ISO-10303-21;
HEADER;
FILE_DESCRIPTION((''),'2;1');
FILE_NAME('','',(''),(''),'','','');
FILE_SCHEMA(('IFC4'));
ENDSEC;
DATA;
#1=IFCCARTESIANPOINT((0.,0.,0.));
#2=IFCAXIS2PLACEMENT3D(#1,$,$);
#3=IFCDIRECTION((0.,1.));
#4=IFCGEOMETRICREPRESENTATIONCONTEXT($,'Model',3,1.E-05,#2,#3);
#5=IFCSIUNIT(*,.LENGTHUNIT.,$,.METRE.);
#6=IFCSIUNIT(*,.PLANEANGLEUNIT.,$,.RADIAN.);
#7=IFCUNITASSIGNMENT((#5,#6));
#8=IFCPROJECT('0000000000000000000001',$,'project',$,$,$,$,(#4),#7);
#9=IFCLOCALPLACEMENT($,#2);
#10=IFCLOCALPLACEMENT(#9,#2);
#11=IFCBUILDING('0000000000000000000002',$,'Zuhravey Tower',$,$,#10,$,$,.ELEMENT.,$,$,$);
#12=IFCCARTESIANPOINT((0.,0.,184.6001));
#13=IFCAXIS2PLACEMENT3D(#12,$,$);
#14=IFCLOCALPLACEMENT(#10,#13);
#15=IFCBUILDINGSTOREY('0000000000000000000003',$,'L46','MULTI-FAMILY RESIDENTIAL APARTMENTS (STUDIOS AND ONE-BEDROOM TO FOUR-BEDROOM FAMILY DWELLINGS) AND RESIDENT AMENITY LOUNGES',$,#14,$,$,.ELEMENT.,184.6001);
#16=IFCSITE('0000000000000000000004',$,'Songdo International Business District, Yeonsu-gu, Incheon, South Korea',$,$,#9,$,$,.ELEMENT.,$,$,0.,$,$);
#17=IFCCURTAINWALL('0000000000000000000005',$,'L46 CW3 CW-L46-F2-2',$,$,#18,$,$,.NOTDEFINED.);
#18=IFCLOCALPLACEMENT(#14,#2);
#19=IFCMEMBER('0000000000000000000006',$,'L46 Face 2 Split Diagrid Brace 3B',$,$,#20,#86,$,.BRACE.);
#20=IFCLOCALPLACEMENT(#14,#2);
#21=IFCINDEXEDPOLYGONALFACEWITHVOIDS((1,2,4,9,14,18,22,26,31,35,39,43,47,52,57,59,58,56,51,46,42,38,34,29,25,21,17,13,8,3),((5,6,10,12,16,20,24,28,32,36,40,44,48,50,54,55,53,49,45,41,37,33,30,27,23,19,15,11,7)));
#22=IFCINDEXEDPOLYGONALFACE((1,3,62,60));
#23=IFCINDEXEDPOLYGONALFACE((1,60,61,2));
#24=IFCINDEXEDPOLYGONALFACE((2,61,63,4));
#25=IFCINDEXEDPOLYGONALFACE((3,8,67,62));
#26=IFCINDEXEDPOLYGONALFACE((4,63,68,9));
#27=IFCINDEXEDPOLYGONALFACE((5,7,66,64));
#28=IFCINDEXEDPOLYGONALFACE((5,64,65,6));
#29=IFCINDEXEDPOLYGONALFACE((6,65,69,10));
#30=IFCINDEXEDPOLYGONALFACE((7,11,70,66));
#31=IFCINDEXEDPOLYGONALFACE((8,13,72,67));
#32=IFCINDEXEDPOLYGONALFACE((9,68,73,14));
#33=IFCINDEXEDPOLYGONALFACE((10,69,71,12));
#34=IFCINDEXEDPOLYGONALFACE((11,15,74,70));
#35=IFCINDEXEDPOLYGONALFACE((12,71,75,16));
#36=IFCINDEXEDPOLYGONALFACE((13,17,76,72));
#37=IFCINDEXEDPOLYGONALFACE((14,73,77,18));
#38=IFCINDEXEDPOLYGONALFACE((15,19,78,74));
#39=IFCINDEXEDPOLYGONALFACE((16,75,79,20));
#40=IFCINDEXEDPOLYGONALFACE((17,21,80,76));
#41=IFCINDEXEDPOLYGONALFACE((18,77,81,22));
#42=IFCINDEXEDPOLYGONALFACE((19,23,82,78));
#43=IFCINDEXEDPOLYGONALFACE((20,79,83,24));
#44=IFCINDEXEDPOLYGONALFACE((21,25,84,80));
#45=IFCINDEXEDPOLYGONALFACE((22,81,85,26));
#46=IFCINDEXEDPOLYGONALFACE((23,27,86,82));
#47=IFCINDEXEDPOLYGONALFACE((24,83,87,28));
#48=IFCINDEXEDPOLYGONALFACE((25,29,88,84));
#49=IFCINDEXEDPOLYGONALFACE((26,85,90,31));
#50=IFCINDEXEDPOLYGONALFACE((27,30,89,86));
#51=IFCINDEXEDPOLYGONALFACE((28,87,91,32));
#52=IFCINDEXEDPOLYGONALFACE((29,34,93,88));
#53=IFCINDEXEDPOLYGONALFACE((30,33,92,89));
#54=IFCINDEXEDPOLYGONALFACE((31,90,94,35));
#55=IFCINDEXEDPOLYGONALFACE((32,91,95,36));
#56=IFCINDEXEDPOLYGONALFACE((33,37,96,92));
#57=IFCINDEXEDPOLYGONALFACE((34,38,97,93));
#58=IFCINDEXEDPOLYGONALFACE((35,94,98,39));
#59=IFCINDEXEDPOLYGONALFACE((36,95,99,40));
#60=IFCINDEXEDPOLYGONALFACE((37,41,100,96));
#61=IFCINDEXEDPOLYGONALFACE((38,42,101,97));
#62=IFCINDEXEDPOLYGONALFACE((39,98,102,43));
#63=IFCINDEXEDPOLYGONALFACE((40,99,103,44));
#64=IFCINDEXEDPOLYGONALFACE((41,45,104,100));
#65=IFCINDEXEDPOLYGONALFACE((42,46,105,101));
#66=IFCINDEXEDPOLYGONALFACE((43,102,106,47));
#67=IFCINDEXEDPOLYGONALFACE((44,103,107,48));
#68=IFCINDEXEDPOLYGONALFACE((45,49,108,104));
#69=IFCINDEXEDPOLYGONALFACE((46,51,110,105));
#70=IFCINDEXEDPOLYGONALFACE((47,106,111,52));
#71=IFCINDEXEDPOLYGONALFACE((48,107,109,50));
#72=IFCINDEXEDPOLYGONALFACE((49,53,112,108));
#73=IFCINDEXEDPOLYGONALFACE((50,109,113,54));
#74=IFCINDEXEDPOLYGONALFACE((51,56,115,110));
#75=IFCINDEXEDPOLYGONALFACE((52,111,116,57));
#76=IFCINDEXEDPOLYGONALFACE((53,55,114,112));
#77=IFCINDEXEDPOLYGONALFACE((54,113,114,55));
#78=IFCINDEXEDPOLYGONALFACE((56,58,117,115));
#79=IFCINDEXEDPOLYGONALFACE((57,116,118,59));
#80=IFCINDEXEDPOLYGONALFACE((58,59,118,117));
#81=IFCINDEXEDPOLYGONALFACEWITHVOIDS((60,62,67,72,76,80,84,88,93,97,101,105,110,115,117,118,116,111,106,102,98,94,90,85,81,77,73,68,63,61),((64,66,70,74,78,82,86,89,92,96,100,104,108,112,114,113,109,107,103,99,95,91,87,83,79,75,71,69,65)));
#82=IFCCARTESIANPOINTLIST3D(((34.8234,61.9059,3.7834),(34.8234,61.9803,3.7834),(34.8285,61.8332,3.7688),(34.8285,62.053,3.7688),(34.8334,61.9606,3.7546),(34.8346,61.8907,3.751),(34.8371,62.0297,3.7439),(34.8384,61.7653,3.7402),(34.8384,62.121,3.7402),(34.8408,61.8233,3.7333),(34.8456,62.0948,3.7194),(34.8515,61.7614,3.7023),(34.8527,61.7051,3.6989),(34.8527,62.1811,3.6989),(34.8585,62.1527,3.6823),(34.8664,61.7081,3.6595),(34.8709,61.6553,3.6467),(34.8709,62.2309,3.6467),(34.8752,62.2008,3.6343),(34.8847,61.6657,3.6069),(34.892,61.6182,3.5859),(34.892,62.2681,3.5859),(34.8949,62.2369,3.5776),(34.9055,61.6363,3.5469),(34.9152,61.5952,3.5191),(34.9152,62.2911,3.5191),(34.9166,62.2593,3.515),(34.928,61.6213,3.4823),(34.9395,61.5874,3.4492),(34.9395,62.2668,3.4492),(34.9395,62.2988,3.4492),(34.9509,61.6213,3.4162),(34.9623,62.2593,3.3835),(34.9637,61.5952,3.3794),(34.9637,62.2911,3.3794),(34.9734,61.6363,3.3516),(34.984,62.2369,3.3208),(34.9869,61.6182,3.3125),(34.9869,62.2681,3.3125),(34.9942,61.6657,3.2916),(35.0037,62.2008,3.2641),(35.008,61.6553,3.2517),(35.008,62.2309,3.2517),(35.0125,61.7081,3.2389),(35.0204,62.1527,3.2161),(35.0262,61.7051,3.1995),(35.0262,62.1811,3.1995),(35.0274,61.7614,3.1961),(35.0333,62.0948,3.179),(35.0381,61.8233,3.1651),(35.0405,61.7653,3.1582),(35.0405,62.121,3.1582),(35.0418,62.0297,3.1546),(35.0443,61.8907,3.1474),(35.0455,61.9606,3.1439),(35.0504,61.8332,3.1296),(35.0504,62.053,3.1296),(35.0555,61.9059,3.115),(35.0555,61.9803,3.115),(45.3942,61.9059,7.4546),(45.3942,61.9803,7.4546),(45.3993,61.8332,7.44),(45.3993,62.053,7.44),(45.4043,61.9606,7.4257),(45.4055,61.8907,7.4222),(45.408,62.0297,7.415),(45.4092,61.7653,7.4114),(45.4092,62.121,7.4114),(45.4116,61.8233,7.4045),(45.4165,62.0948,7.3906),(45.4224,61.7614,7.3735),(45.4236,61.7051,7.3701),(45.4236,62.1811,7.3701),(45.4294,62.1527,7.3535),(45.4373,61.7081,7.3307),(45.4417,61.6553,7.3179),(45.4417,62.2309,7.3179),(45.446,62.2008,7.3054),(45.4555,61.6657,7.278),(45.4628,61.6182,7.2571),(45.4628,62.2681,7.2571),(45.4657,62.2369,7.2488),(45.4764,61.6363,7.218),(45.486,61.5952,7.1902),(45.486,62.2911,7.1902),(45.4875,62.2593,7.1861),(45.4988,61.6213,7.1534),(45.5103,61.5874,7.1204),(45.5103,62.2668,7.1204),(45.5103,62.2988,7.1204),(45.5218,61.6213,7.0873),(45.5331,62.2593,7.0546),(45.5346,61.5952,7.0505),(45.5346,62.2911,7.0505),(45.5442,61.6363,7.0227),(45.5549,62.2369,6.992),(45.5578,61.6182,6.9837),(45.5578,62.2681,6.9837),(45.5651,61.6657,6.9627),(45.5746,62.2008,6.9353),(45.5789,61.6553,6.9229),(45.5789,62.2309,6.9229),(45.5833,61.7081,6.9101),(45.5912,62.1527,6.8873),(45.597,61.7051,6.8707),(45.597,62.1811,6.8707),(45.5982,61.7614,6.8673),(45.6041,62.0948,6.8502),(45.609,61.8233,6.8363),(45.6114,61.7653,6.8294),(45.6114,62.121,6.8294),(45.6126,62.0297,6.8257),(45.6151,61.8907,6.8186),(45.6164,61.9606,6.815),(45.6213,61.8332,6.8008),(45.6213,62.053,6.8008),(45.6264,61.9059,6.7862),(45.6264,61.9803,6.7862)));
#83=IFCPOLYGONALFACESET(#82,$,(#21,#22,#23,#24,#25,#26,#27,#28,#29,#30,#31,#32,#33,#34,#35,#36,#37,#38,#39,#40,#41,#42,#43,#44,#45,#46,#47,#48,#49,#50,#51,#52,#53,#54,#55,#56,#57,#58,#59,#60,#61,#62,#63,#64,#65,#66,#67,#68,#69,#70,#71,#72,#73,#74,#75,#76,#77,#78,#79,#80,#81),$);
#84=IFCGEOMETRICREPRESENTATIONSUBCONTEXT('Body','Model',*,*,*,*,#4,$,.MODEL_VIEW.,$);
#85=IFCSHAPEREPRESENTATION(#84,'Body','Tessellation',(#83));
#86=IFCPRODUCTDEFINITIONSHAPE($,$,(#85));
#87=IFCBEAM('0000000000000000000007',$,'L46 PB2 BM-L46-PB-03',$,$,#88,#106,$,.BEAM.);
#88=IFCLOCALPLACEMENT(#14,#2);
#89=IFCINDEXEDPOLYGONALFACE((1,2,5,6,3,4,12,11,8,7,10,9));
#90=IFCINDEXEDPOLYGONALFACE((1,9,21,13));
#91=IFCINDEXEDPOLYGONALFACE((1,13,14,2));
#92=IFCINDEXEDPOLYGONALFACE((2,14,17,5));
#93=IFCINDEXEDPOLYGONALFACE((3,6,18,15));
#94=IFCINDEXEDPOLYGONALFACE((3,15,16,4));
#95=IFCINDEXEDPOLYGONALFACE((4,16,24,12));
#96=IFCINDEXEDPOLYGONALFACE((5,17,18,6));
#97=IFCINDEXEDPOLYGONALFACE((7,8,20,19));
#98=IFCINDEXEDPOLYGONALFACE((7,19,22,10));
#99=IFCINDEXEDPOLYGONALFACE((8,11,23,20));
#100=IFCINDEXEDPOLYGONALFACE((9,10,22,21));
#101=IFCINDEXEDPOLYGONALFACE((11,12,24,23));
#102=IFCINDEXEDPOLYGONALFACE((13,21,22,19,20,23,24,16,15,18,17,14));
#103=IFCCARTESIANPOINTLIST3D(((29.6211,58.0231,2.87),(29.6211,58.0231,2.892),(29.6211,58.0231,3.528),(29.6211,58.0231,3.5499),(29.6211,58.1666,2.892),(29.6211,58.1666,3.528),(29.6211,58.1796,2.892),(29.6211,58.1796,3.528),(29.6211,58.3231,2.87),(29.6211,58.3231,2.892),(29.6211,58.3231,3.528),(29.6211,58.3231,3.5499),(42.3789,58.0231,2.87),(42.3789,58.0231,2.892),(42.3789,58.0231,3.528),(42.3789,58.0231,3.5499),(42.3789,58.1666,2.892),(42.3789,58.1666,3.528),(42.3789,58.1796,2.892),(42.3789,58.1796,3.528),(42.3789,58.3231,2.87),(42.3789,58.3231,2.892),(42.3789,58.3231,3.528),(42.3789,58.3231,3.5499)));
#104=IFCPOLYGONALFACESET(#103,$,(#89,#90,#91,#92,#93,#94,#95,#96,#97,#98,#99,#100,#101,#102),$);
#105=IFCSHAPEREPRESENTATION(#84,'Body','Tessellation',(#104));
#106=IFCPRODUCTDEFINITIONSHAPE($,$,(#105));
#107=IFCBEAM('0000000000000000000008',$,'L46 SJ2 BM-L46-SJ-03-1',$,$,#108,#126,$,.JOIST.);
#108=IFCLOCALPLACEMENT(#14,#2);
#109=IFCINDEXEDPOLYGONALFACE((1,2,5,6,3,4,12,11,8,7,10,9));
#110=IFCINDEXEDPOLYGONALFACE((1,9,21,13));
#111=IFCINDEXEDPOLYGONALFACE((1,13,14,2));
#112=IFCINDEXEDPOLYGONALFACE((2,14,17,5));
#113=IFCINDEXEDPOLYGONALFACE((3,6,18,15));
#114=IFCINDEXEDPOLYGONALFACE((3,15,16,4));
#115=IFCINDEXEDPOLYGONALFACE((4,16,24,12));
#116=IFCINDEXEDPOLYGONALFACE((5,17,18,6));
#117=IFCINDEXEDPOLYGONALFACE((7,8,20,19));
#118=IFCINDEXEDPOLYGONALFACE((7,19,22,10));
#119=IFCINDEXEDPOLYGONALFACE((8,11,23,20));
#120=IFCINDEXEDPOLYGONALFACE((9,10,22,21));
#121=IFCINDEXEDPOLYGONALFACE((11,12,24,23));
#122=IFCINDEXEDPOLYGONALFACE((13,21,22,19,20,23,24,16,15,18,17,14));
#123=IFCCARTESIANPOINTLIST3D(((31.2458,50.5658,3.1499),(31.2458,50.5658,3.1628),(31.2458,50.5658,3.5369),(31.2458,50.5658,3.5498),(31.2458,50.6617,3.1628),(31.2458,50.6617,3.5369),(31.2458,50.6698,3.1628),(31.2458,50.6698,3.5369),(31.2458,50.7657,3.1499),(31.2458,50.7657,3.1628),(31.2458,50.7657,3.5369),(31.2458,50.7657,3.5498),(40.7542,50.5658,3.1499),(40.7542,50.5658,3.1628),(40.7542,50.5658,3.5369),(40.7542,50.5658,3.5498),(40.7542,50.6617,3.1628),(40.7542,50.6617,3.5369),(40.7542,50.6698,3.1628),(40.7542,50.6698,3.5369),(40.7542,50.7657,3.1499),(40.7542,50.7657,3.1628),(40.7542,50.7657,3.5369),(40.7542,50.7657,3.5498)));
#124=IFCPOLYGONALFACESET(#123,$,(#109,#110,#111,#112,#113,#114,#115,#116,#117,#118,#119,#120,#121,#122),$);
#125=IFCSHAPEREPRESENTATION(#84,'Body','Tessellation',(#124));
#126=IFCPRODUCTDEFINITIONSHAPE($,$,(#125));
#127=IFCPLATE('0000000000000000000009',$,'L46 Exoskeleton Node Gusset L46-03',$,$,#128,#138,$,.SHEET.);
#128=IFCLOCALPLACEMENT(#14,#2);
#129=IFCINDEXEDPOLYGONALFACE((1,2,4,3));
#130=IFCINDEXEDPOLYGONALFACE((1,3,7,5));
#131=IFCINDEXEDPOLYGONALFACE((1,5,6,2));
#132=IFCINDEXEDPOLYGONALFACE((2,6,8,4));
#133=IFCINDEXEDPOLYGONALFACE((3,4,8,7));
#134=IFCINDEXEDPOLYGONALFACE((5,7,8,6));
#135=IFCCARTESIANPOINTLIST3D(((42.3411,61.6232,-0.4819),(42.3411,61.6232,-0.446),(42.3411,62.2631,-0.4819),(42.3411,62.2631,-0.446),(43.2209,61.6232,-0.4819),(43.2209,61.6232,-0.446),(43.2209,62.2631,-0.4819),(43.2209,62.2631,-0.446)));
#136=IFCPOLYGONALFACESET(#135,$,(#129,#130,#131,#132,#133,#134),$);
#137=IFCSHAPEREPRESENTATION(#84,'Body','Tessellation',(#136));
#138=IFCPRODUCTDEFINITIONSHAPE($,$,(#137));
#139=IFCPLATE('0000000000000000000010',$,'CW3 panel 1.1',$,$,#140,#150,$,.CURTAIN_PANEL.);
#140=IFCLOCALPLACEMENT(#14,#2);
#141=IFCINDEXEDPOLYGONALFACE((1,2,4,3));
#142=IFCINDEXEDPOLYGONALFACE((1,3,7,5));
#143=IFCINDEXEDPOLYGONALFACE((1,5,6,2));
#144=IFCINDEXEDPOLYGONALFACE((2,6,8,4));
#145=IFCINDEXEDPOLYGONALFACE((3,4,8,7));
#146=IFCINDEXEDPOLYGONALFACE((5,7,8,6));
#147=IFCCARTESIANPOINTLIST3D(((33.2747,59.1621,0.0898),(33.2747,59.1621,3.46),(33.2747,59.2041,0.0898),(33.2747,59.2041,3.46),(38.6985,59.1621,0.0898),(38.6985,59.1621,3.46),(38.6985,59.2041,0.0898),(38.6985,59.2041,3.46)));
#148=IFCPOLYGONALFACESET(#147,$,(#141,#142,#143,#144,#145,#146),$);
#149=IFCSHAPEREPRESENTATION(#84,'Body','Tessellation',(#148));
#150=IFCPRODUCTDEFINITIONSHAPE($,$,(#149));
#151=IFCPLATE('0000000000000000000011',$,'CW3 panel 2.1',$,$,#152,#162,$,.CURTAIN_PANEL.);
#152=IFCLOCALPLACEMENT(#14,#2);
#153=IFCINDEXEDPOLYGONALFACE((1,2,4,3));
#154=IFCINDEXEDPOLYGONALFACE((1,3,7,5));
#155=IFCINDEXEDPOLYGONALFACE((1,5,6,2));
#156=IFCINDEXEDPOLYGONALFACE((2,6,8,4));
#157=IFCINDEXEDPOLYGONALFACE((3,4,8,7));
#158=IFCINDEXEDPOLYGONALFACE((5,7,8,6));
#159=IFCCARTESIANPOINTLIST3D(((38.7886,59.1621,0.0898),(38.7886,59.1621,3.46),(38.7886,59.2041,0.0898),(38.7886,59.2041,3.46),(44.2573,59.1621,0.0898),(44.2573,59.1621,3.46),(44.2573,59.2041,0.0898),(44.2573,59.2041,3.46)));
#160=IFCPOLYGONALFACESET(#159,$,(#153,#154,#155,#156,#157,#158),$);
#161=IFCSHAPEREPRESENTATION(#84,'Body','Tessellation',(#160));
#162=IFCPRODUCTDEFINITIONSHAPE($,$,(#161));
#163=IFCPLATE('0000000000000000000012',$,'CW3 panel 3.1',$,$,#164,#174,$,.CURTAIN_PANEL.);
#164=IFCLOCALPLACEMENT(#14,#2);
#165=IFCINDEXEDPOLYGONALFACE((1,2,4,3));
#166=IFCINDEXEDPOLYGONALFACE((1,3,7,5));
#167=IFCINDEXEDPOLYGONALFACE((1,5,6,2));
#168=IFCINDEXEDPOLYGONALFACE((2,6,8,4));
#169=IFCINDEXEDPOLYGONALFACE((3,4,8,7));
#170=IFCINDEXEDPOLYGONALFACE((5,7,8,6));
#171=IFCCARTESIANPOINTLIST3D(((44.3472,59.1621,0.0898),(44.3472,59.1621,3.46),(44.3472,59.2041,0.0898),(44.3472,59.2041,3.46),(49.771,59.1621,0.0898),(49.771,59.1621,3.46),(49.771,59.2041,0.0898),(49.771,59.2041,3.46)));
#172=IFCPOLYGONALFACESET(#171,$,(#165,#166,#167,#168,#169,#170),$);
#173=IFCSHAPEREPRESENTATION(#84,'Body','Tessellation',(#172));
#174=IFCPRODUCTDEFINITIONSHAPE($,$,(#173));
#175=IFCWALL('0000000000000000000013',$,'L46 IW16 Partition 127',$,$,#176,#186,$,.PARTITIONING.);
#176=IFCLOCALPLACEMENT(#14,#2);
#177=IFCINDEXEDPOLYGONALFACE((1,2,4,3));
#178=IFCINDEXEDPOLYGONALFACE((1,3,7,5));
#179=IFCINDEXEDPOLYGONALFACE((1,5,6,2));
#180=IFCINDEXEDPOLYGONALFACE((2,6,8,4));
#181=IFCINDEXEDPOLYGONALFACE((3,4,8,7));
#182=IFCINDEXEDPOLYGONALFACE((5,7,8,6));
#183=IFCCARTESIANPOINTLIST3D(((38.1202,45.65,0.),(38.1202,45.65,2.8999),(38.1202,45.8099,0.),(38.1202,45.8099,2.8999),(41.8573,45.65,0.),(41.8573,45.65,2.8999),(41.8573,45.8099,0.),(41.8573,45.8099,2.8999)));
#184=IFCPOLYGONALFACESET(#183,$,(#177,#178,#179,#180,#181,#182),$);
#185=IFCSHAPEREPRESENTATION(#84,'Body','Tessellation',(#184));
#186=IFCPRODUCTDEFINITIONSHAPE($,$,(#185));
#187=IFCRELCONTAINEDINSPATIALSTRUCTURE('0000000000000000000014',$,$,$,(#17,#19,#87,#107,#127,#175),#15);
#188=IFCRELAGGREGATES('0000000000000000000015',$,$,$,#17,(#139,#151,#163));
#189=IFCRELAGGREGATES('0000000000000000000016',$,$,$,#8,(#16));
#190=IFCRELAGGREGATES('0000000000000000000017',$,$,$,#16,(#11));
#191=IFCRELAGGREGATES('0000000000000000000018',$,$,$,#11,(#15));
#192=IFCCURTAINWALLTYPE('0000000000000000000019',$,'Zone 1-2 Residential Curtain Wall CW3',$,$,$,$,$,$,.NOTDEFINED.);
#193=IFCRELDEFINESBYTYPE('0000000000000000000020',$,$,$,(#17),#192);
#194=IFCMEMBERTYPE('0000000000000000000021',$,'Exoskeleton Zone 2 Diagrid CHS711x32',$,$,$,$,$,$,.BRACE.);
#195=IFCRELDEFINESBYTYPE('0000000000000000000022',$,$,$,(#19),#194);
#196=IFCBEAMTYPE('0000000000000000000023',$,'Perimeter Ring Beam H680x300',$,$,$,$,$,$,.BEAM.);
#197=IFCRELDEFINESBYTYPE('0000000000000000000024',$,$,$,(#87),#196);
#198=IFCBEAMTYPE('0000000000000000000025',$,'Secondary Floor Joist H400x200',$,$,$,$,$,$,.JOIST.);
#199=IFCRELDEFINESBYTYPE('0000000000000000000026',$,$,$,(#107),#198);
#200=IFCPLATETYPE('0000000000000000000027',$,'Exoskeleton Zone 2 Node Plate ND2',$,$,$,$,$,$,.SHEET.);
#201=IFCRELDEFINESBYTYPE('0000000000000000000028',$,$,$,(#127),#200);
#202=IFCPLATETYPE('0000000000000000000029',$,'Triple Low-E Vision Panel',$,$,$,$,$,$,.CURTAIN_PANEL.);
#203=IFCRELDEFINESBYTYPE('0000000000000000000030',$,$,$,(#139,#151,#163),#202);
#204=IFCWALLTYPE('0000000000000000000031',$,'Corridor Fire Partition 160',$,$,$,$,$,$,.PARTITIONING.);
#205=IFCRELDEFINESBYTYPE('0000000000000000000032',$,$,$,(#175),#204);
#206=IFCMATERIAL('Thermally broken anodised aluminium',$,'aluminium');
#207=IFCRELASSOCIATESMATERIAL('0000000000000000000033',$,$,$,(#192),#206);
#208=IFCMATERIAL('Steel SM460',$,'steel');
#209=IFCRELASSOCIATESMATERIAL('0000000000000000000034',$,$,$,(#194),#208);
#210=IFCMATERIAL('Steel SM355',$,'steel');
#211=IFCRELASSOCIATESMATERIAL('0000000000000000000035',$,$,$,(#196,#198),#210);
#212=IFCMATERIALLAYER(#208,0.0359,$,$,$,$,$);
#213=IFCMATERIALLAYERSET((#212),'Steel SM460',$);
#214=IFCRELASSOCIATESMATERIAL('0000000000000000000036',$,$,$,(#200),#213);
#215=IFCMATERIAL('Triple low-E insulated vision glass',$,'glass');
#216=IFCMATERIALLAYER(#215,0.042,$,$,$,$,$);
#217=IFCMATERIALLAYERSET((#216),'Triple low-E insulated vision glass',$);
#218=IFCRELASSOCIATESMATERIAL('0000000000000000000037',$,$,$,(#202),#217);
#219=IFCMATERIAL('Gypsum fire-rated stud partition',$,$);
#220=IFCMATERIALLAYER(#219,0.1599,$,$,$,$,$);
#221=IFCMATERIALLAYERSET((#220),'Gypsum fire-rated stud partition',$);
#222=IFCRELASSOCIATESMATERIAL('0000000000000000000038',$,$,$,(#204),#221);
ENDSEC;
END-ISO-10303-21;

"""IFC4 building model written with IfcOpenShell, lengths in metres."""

from ifc_helpers import new_model, si_unit, direction, frame, frame_2d, origin, origin_2d, place, context, subcontext, project, spatial, rectangle, hollow_circle, i_section, extrude, material, layer, layer_set, material_profile, profile_set, type_object, element, aggregate, save


model = new_model("IFC4")

# Units and contexts
model_context = context("Model", 3, precision=1e-05, world=origin(), true_north=direction((0.0, 1.0)))
body_context = subcontext(model_context, "Body", "Model", "MODEL_VIEW")
ifc_project = project(units=[si_unit("LENGTHUNIT", "METRE"), si_unit("PLANEANGLEUNIT", "RADIAN")], contexts=[model_context])

# Site, building, storey
site_placement = place(None, origin())
site = spatial("IfcSite", under=ifc_project, at=site_placement, Name="Songdo International Business District, Yeonsu-gu, Incheon, South Korea", CompositionType="ELEMENT", RefElevation=0.0)
building_placement = place(site_placement, origin())
building = spatial("IfcBuilding", under=site, at=building_placement, Name="Zuhravey Tower", CompositionType="ELEMENT")
storey_placement = place(building_placement, frame((0.0, 0.0, 184.6001)))
storey = spatial("IfcBuildingStorey", under=building, at=storey_placement, Name="L46", Description="MULTI-FAMILY RESIDENTIAL APARTMENTS (STUDIOS AND ONE-BEDROOM TO FOUR-BEDROOM FAMILY DWELLINGS) AND RESIDENT AMENITY LOUNGES", CompositionType="ELEMENT", Elevation=184.6001)

# Curtain wall
ifc_material_1 = material(Name="Thermally broken anodised aluminium", Category="aluminium")
curtain_wall_type = type_object("IfcCurtainWallType", Name="Zone 1-2 Residential Curtain Wall CW3", PredefinedType="NOTDEFINED", material=ifc_material_1)
curtain_wall_placement = place(storey_placement, origin())
curtain_wall = element("IfcCurtainWall", 1, at=curtain_wall_placement, inside=storey, type_object=curtain_wall_type, Name="L46 CW3 CW-L46-F2-2", PredefinedType="NOTDEFINED")

# Member
ifc_material_2 = material(Name="Steel SM355", Category="steel")
ifc_material_3 = material(Name="Steel SM460", Category="steel")
ifc_material_profile_1 = material_profile(ifc_material_3, hollow_circle(Radius=0.3557, WallThickness=0.032, at=origin_2d()), Name="CHS-711.2x32")
ifc_profile_set_1 = profile_set([ifc_material_profile_1], Name="Steel SM460")
member_type_1 = type_object("IfcMemberType", Name="Exoskeleton Zone 2 Diagrid CHS711x32", PredefinedType="BRACE", material=ifc_profile_set_1)
member_1_placement = place(storey_placement, frame((34.9395, 61.9431, 3.4492), z_axis=(0.944654, 0.0, 0.32807), x_axis=(0.0, 1.0, 0.0)))
element("IfcMember", 2, at=member_1_placement, inside=storey, type_object=member_type_1, Name="L46 Face 2 Split Diagrid Brace 3B", PredefinedType="BRACE", context=body_context, shape_type="SweptSolid", body=[
    extrude(hollow_circle(Radius=0.3557, WallThickness=0.032, at=origin_2d()), origin(), (0.0, 0.0, 1.0), 11.1902),
])

# Beams
ifc_material_profile_2 = material_profile(ifc_material_2, i_section(OverallWidth=0.3, OverallDepth=0.6799, WebThickness=0.0129, FlangeThickness=0.022, at=origin_2d()), Name="H-680x300x13x22")
ifc_profile_set_2 = profile_set([ifc_material_profile_2], Name="Steel SM355")
beam_type_1 = type_object("IfcBeamType", Name="Perimeter Ring Beam H680x300", PredefinedType="BEAM", material=ifc_profile_set_2)
beam_1_placement = place(storey_placement, frame((42.3789, 58.1731, 3.21), z_axis=(-1.0, 0.0, 0.0), x_axis=(0.0, -1.0, 0.0)))
element("IfcBeam", 3, at=beam_1_placement, inside=storey, type_object=beam_type_1, Name="L46 PB2 BM-L46-PB-03", PredefinedType="BEAM", context=body_context, shape_type="SweptSolid", body=[
    extrude(i_section(OverallWidth=0.3, OverallDepth=0.6799, WebThickness=0.0129, FlangeThickness=0.022, at=origin_2d()), origin(), (0.0, 0.0, 1.0), 12.7578),
])
ifc_material_profile_3 = material_profile(ifc_material_2, i_section(OverallWidth=0.2, OverallDepth=0.3999, WebThickness=0.0081, FlangeThickness=0.0129, at=origin_2d()), Name="H-400x200x8x13")
ifc_profile_set_3 = profile_set([ifc_material_profile_3], Name="Steel SM355")
beam_type_2 = type_object("IfcBeamType", Name="Secondary Floor Joist H400x200", PredefinedType="JOIST", material=ifc_profile_set_3)
beam_2_placement = place(storey_placement, frame((40.7542, 50.6658, 3.3499), z_axis=(-1.0, 0.0, 0.0), x_axis=(0.0, -1.0, 0.0)))
element("IfcBeam", 4, at=beam_2_placement, inside=storey, type_object=beam_type_2, Name="L46 SJ2 BM-L46-SJ-03-1", PredefinedType="JOIST", context=body_context, shape_type="SweptSolid", body=[
    extrude(i_section(OverallWidth=0.2, OverallDepth=0.3999, WebThickness=0.0081, FlangeThickness=0.0129, at=origin_2d()), origin(), (0.0, 0.0, 1.0), 9.5083),
])

# Plates
ifc_layer_1 = layer(ifc_material_3, 0.0359)
ifc_layer_set_1 = layer_set([ifc_layer_1], Name="Steel SM460")
plate_type_1 = type_object("IfcPlateType", Name="Exoskeleton Zone 2 Node Plate ND2", PredefinedType="SHEET", material=ifc_layer_set_1)
plate_1_placement = place(storey_placement, frame((42.781, 61.9431, -0.4819), z_axis=(0.0, 0.0, 1.0), x_axis=(-1.0, 0.0, 0.0)))
element("IfcPlate", 5, at=plate_1_placement, inside=storey, type_object=plate_type_1, Name="L46 Exoskeleton Node Gusset L46-03", PredefinedType="SHEET", context=body_context, shape_type="SweptSolid", body=[
    extrude(rectangle(XDim=0.8799, YDim=0.6399, at=origin_2d()), origin(), (0.0, 0.0, 1.0), 0.0359),
])
ifc_material_4 = material(Name="Triple low-E insulated vision glass", Category="glass")
ifc_layer_2 = layer(ifc_material_4, 0.042)
ifc_layer_set_2 = layer_set([ifc_layer_2], Name="Triple low-E insulated vision glass")
plate_type_2 = type_object("IfcPlateType", Name="Triple Low-E Vision Panel", PredefinedType="CURTAIN_PANEL", material=ifc_layer_set_2)
plate_2_placement = place(storey_placement, frame((35.9866, 59.1831, 0.0898), z_axis=(0.0, 0.0, 1.0), x_axis=(1.0, 0.0, 0.0)))
plate_2 = element("IfcPlate", 6, at=plate_2_placement, type_object=plate_type_2, Name="CW3 panel 1.1", PredefinedType="CURTAIN_PANEL", context=body_context, shape_type="SweptSolid", body=[
    extrude(rectangle(XDim=5.4238, YDim=0.042, at=origin_2d()), origin(), (0.0, 0.0, 1.0), 3.3701),
])
plate_3_placement = place(storey_placement, frame((41.5229, 59.1831, 0.0898), z_axis=(0.0, 0.0, 1.0), x_axis=(1.0, 0.0, 0.0)))
plate_3 = element("IfcPlate", 7, at=plate_3_placement, type_object=plate_type_2, Name="CW3 panel 2.1", PredefinedType="CURTAIN_PANEL", context=body_context, shape_type="SweptSolid", body=[
    extrude(rectangle(XDim=5.4688, YDim=0.042, at=origin_2d()), origin(), (0.0, 0.0, 1.0), 3.3701),
])
plate_4_placement = place(storey_placement, frame((47.0591, 59.1831, 0.0898), z_axis=(0.0, 0.0, 1.0), x_axis=(1.0, 0.0, 0.0)))
plate_4 = element("IfcPlate", 8, at=plate_4_placement, type_object=plate_type_2, Name="CW3 panel 3.1", PredefinedType="CURTAIN_PANEL", context=body_context, shape_type="SweptSolid", body=[
    extrude(rectangle(XDim=5.4238, YDim=0.042, at=origin_2d()), origin(), (0.0, 0.0, 1.0), 3.3701),
])
aggregate(curtain_wall, [plate_2, plate_3, plate_4])

# Shared definitions
ifc_material_5 = material(Name="Gypsum fire-rated stud partition")
ifc_layer_3 = layer(ifc_material_5, 0.1599)
ifc_layer_set_3 = layer_set([ifc_layer_3], Name="Gypsum fire-rated stud partition")
wall_type_1 = type_object("IfcWallType", Name="Corridor Fire Partition 160", PredefinedType="PARTITIONING", material=ifc_layer_set_3)

# Wall
wall_1_placement = place(storey_placement, frame((41.8574, 45.73, 0.0), z_axis=(0.0, 0.0, 1.0), x_axis=(-1.0, 0.0, 0.0)))
element("IfcWall", 9, at=wall_1_placement, inside=storey, type_object=wall_type_1, Name="L46 IW16 Partition 127", PredefinedType="PARTITIONING", context=body_context, shape_type="SweptSolid", body=[
    extrude(rectangle(XDim=3.7371, YDim=0.1599, at=frame_2d((1.8687, 0.0))), origin(), (0.0, 0.0, 1.0), 2.8999),
])

save(model, "model.ifc")
